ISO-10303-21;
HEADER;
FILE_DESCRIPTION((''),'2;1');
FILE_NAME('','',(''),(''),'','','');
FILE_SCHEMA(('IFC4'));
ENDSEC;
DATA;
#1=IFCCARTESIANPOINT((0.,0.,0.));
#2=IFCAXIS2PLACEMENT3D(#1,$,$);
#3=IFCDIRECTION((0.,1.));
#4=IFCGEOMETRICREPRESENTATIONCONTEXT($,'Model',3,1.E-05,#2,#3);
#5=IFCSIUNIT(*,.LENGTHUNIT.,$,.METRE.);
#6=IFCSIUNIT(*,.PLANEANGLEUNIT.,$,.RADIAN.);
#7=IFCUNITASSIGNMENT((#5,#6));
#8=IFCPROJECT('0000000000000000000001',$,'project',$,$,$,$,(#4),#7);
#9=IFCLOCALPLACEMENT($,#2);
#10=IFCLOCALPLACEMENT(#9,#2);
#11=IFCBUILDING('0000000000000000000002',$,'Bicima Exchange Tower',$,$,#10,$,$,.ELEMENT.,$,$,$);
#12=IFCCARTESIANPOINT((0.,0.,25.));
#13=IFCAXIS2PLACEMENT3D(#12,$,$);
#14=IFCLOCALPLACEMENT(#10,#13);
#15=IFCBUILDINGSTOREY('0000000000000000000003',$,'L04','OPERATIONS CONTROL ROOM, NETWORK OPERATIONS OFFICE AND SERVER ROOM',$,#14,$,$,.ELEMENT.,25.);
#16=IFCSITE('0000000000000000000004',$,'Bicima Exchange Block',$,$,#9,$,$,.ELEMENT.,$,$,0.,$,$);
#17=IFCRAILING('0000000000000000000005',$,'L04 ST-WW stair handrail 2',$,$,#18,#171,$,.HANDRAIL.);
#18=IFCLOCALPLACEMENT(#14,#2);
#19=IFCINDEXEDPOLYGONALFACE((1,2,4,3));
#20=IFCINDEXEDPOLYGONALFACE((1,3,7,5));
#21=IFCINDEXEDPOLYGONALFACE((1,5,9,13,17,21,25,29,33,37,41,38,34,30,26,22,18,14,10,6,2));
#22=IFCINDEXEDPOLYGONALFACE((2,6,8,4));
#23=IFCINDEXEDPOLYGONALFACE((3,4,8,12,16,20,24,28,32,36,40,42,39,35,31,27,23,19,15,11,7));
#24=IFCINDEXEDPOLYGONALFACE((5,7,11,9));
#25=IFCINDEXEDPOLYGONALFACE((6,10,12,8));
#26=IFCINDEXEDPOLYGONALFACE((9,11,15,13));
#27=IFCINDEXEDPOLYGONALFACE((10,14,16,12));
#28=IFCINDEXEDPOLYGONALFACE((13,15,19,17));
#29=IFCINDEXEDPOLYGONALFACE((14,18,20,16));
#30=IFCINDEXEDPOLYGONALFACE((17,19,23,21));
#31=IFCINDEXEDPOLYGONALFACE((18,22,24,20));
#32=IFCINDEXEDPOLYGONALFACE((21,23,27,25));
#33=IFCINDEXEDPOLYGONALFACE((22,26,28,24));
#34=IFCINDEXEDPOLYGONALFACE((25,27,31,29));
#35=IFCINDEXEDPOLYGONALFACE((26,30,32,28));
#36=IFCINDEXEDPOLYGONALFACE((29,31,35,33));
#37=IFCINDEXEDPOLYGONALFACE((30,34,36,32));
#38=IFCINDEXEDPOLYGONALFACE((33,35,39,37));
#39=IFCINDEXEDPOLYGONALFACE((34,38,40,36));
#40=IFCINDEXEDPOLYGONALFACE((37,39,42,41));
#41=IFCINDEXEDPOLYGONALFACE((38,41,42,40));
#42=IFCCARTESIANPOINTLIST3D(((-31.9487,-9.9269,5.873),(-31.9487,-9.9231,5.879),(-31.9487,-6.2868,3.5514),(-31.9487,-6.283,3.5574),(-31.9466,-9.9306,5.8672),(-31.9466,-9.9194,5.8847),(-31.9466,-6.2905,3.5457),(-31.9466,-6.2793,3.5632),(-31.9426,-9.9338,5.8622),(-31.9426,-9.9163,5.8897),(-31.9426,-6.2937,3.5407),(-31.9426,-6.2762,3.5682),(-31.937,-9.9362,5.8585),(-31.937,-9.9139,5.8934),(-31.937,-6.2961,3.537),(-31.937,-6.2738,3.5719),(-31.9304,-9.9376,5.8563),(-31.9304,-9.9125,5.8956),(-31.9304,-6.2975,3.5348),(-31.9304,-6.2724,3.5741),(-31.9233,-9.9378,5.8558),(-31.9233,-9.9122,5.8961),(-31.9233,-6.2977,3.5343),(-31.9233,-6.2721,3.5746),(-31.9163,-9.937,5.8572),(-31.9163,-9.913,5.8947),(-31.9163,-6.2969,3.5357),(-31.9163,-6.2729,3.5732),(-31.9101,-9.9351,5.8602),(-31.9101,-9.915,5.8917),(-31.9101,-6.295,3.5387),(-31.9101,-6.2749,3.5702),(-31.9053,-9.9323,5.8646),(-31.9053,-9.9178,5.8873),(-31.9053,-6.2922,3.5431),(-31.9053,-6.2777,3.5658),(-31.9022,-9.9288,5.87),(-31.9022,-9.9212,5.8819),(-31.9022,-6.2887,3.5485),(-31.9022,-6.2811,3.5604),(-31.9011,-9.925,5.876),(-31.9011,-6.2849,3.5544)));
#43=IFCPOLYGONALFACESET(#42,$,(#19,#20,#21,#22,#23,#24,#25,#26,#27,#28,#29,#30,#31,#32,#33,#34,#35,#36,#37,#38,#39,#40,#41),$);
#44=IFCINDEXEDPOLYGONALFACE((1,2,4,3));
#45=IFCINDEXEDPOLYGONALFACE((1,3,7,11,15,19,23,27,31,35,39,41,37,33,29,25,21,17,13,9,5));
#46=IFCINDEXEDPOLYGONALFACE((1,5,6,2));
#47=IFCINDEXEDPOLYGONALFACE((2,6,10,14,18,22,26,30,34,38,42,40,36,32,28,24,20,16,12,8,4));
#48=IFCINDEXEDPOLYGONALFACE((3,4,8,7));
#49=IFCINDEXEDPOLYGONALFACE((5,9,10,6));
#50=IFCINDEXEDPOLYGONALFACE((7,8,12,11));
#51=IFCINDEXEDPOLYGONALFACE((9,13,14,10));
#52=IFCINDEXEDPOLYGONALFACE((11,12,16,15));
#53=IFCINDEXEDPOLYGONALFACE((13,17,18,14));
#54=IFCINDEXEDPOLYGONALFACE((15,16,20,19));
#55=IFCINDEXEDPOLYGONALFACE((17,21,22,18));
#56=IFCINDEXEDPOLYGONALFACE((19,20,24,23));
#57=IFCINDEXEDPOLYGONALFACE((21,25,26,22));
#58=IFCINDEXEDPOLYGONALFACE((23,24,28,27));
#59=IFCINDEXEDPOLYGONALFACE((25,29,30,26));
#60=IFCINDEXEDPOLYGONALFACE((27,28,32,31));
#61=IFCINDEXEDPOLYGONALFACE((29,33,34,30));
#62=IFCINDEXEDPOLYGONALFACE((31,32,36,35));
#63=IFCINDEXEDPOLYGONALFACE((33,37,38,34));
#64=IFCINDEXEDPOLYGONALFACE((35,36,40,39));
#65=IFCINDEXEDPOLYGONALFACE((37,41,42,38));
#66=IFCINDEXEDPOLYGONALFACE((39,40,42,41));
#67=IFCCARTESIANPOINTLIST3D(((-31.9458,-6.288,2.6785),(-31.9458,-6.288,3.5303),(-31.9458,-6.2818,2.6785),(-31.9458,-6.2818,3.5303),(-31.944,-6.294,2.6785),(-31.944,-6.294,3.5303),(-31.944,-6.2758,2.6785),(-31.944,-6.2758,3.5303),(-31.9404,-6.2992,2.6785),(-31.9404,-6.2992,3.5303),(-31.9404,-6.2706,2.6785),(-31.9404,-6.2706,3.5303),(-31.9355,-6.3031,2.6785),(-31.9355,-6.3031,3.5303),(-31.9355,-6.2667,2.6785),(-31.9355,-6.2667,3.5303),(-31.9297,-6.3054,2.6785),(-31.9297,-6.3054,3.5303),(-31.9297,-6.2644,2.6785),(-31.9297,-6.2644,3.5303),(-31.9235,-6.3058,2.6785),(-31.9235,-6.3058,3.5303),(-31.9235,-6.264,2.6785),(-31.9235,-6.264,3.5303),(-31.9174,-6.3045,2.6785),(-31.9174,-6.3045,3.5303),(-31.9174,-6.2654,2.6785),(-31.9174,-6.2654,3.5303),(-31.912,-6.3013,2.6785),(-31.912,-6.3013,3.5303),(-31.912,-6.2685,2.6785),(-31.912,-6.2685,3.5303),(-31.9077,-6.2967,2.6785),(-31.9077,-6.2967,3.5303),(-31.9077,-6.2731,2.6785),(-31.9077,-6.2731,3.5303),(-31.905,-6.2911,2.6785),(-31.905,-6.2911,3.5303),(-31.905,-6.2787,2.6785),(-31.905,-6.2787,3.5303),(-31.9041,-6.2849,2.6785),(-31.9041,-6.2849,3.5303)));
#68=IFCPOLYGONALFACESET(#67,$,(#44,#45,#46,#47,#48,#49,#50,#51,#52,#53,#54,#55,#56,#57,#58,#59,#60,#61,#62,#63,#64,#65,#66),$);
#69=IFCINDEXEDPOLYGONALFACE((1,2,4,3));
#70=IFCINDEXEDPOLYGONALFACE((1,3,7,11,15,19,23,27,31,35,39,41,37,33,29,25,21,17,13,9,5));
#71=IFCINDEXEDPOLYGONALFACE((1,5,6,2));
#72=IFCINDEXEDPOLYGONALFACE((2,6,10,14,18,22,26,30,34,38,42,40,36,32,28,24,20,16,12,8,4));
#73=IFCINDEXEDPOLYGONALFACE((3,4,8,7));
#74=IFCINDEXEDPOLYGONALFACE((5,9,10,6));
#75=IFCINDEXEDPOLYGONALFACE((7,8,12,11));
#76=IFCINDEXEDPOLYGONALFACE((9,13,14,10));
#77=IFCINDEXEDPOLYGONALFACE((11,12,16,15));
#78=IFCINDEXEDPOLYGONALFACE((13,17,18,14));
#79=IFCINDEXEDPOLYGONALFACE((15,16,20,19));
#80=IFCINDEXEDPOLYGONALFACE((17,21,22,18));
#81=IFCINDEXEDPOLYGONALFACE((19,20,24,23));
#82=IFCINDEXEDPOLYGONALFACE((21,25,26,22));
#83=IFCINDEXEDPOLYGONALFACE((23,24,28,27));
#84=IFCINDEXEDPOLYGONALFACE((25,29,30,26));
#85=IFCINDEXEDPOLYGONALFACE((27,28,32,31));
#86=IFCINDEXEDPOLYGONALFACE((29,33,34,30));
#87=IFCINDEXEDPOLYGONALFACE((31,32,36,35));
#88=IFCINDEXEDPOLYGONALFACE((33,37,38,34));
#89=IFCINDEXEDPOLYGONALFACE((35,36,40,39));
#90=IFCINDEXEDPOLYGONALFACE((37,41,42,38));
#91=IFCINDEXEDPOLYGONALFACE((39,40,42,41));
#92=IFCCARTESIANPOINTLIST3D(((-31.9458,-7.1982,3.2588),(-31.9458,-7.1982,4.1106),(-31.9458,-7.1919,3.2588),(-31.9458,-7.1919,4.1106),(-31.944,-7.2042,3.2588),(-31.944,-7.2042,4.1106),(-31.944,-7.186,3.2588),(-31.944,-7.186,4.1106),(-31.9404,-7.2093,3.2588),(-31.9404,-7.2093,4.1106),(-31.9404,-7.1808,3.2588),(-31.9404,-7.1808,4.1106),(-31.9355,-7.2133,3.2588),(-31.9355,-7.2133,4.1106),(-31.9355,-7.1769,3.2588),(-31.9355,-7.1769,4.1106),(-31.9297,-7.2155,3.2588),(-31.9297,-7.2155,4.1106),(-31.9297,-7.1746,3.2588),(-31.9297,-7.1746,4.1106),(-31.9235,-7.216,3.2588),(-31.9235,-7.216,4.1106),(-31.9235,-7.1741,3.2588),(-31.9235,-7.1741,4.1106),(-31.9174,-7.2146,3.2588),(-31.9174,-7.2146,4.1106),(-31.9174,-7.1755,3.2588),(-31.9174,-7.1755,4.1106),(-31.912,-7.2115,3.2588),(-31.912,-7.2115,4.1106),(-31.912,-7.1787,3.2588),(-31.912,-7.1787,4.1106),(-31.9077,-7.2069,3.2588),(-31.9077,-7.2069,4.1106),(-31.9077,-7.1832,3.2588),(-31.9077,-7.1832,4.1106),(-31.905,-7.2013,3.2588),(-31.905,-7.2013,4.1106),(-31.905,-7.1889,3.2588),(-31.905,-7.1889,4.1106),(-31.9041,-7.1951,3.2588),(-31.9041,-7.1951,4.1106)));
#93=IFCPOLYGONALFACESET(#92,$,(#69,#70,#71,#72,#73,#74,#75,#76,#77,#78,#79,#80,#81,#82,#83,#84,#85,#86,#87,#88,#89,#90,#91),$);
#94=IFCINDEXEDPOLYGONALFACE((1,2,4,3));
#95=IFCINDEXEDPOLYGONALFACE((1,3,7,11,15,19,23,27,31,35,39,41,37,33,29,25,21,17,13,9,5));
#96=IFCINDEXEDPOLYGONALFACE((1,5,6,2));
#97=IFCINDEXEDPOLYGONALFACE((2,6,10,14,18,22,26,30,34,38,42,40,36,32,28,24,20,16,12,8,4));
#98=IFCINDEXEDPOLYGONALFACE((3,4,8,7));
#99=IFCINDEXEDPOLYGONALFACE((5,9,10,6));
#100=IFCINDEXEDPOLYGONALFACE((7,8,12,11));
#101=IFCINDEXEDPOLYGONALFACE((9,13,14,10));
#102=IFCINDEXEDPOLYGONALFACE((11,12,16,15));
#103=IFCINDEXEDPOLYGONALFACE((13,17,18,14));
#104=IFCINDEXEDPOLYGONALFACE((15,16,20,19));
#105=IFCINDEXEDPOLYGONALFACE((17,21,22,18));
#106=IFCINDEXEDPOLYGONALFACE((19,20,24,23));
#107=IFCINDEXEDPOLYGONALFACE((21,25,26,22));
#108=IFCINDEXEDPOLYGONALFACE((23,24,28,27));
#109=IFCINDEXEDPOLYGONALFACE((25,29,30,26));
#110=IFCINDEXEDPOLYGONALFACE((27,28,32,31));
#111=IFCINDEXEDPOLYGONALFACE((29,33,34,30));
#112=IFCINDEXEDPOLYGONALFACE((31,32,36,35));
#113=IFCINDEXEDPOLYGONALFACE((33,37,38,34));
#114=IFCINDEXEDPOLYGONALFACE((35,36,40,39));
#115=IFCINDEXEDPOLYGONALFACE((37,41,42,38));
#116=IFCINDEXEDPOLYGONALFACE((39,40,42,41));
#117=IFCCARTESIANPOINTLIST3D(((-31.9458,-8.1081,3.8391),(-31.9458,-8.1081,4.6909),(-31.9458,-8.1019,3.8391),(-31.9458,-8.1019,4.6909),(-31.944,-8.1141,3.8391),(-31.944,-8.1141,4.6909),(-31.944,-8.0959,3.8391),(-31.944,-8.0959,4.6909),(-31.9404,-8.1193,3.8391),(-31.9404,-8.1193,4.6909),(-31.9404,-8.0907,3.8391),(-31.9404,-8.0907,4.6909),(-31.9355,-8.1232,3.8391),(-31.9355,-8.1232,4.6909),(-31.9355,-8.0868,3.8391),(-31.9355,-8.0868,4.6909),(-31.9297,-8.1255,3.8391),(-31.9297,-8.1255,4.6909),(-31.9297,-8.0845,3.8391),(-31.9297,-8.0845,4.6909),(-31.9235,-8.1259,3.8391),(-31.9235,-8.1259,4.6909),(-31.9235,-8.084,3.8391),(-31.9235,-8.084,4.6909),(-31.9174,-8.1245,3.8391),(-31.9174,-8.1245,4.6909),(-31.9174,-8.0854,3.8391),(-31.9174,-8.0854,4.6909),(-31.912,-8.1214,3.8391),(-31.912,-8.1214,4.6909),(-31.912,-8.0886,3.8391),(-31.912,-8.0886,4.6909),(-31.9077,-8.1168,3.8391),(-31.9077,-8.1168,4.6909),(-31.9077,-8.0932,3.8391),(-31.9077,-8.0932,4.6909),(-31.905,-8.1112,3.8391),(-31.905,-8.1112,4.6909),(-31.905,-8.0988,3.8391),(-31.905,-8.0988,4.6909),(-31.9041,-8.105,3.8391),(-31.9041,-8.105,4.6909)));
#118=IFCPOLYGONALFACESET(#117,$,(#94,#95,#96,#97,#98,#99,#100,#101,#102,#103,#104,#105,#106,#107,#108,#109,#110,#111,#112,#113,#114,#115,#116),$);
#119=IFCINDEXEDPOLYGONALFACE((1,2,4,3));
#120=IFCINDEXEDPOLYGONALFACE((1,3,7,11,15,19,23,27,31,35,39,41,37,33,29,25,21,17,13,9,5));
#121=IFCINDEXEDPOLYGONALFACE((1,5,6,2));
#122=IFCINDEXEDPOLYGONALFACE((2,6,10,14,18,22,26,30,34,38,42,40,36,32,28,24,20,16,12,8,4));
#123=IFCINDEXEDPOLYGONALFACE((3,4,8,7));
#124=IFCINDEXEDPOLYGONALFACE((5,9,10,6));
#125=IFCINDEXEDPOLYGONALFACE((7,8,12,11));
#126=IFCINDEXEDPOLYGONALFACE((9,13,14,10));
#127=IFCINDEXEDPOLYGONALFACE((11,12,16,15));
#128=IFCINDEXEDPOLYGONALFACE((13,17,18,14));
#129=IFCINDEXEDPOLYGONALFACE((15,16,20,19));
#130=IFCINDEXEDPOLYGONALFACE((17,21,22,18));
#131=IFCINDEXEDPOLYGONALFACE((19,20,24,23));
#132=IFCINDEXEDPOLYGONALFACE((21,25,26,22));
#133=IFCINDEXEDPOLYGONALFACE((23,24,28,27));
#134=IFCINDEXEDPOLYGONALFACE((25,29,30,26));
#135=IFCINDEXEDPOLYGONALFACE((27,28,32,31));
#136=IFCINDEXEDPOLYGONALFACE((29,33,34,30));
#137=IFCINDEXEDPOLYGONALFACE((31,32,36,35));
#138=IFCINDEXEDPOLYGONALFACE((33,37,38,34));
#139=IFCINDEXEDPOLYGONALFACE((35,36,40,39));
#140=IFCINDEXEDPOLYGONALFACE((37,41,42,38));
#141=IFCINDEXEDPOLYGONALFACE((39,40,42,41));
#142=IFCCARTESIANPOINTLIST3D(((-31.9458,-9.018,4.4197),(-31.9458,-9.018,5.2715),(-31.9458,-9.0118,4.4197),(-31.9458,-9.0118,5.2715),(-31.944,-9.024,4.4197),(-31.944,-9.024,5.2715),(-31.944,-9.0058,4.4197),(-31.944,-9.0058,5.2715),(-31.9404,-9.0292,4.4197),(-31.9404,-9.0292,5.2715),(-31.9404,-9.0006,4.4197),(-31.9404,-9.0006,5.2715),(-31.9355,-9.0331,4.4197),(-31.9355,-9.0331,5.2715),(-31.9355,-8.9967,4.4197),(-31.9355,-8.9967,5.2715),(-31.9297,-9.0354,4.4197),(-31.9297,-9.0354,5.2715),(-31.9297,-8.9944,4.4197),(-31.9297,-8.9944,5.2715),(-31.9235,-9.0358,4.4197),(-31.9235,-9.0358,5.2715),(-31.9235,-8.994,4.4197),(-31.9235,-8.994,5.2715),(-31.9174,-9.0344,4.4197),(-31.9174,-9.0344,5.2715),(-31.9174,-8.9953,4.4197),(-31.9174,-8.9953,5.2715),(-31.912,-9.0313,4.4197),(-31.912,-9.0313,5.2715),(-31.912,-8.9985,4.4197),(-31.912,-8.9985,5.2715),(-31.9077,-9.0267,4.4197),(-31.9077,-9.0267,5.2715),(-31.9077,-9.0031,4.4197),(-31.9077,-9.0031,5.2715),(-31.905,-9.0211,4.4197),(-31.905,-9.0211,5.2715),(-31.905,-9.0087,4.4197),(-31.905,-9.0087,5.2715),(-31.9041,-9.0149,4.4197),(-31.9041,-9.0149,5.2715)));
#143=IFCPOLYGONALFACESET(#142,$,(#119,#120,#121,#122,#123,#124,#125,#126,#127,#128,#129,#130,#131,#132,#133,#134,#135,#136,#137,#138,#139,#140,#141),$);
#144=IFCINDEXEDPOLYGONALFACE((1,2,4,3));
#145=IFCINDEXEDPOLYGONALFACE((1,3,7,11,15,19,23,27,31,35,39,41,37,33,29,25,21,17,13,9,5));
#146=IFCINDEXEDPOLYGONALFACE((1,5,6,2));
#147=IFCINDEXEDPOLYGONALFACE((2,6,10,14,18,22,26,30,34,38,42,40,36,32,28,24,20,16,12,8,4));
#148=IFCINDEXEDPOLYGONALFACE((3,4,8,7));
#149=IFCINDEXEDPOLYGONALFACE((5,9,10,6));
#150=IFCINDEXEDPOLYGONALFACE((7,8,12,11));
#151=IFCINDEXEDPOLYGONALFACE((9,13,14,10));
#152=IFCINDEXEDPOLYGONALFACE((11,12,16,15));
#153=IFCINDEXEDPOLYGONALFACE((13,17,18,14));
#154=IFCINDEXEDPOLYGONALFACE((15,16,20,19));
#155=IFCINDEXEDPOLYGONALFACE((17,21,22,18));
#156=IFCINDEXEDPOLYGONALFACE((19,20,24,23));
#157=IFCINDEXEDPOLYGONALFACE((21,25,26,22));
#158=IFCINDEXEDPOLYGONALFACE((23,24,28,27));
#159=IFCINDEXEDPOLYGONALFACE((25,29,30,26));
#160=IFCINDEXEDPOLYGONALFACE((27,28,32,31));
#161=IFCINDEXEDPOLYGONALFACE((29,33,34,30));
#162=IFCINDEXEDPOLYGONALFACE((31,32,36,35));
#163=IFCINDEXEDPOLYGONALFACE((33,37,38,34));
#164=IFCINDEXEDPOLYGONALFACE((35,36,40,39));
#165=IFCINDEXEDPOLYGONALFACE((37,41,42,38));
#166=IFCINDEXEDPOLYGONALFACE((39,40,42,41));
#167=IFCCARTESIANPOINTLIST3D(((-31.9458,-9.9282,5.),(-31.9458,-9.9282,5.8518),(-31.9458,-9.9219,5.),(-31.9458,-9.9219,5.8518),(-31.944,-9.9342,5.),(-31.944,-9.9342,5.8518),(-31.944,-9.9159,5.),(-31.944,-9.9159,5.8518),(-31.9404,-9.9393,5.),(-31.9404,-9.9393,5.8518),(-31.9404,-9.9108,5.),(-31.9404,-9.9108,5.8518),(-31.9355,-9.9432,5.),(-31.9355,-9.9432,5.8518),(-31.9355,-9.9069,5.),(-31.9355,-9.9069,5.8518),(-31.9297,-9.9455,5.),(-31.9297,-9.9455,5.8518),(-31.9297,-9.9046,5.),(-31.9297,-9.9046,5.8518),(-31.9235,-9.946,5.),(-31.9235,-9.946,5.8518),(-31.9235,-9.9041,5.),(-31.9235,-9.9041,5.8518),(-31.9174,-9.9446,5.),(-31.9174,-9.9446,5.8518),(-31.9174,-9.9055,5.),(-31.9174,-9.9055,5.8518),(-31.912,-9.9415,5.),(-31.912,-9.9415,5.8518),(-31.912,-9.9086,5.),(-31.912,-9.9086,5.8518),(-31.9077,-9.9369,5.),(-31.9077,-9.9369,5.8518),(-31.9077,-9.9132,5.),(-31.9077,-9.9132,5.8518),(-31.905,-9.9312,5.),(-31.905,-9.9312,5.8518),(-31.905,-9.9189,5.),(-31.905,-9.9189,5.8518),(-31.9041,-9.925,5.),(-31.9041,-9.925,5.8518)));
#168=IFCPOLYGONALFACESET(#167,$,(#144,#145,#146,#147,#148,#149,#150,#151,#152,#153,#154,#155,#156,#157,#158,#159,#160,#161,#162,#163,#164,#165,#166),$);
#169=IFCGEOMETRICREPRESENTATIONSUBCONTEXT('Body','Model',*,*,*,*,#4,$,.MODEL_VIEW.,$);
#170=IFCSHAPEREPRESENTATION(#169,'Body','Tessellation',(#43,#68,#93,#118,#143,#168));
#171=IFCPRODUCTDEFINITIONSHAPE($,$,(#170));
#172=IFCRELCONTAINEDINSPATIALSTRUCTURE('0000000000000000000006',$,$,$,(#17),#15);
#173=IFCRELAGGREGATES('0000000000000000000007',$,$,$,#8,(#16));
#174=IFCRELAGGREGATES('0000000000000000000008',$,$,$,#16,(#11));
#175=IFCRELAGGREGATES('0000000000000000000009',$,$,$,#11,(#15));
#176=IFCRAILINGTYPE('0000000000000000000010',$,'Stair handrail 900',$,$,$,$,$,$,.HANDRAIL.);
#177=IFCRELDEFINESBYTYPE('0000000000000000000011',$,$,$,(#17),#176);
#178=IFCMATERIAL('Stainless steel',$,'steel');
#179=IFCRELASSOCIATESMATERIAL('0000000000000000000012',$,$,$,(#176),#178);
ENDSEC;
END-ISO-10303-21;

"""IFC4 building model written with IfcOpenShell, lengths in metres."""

from ifc_helpers import new_model, si_unit, direction, frame, origin, origin_2d, place, context, subcontext, project, spatial, circle, extrude, material, type_object, element, save


model = new_model("IFC4")

# Units and contexts
model_context = context("Model", 3, precision=1e-05, world=origin(), true_north=direction((0.0, 1.0)))
body_context = subcontext(model_context, "Body", "Model", "MODEL_VIEW")
ifc_project = project(units=[si_unit("LENGTHUNIT", "METRE"), si_unit("PLANEANGLEUNIT", "RADIAN")], contexts=[model_context])

# Site, building, storey
site_placement = place(None, origin())
site = spatial("IfcSite", under=ifc_project, at=site_placement, Name="Bicima Exchange Block", CompositionType="ELEMENT", RefElevation=0.0)
building_placement = place(site_placement, origin())
building = spatial("IfcBuilding", under=site, at=building_placement, Name="Bicima Exchange Tower", CompositionType="ELEMENT")
storey_placement = place(building_placement, frame((0.0, 0.0, 25.0)))
storey = spatial("IfcBuildingStorey", under=building, at=storey_placement, Name="L04", Description="OPERATIONS CONTROL ROOM, NETWORK OPERATIONS OFFICE AND SERVER ROOM", CompositionType="ELEMENT", Elevation=25.0)

# Railing
ifc_material_1 = material(Name="Stainless steel", Category="steel")
railing_type_1 = type_object("IfcRailingType", Name="Stair handrail 900", PredefinedType="HANDRAIL", material=ifc_material_1)
railing_1_placement = place(storey_placement, frame((-31.925, -6.2849, 2.6785)))
element("IfcRailing", 1, at=railing_1_placement, inside=storey, type_object=railing_type_1, Name="L04 ST-WW stair handrail 2", PredefinedType="HANDRAIL", context=body_context, shape_type="SweptSolid", body=[
    extrude(circle(Radius=0.0239, at=origin_2d()), frame((0.0, 0.0, 0.876), z_axis=(0.0, -0.843128, 0.537713), x_axis=(1.0, 0.0, 0.0)), (0.0, 0.0, 1.0), 4.3174),
    extrude(circle(Radius=0.021, at=origin_2d()), origin(), (0.0, 0.0, 1.0), 0.8518),
    extrude(circle(Radius=0.021, at=origin_2d()), frame((0.0, -0.9102, 0.5803)), (0.0, 0.0, 1.0), 0.8518),
    extrude(circle(Radius=0.021, at=origin_2d()), frame((0.0, -1.8201, 1.1606)), (0.0, 0.0, 1.0), 0.8518),
    extrude(circle(Radius=0.021, at=origin_2d()), frame((0.0, -2.73, 1.7412)), (0.0, 0.0, 1.0), 0.8518),
    extrude(circle(Radius=0.021, at=origin_2d()), frame((0.0, -3.6401, 2.3215)), (0.0, 0.0, 1.0), 0.8518),
])

save(model, "model.ifc")
